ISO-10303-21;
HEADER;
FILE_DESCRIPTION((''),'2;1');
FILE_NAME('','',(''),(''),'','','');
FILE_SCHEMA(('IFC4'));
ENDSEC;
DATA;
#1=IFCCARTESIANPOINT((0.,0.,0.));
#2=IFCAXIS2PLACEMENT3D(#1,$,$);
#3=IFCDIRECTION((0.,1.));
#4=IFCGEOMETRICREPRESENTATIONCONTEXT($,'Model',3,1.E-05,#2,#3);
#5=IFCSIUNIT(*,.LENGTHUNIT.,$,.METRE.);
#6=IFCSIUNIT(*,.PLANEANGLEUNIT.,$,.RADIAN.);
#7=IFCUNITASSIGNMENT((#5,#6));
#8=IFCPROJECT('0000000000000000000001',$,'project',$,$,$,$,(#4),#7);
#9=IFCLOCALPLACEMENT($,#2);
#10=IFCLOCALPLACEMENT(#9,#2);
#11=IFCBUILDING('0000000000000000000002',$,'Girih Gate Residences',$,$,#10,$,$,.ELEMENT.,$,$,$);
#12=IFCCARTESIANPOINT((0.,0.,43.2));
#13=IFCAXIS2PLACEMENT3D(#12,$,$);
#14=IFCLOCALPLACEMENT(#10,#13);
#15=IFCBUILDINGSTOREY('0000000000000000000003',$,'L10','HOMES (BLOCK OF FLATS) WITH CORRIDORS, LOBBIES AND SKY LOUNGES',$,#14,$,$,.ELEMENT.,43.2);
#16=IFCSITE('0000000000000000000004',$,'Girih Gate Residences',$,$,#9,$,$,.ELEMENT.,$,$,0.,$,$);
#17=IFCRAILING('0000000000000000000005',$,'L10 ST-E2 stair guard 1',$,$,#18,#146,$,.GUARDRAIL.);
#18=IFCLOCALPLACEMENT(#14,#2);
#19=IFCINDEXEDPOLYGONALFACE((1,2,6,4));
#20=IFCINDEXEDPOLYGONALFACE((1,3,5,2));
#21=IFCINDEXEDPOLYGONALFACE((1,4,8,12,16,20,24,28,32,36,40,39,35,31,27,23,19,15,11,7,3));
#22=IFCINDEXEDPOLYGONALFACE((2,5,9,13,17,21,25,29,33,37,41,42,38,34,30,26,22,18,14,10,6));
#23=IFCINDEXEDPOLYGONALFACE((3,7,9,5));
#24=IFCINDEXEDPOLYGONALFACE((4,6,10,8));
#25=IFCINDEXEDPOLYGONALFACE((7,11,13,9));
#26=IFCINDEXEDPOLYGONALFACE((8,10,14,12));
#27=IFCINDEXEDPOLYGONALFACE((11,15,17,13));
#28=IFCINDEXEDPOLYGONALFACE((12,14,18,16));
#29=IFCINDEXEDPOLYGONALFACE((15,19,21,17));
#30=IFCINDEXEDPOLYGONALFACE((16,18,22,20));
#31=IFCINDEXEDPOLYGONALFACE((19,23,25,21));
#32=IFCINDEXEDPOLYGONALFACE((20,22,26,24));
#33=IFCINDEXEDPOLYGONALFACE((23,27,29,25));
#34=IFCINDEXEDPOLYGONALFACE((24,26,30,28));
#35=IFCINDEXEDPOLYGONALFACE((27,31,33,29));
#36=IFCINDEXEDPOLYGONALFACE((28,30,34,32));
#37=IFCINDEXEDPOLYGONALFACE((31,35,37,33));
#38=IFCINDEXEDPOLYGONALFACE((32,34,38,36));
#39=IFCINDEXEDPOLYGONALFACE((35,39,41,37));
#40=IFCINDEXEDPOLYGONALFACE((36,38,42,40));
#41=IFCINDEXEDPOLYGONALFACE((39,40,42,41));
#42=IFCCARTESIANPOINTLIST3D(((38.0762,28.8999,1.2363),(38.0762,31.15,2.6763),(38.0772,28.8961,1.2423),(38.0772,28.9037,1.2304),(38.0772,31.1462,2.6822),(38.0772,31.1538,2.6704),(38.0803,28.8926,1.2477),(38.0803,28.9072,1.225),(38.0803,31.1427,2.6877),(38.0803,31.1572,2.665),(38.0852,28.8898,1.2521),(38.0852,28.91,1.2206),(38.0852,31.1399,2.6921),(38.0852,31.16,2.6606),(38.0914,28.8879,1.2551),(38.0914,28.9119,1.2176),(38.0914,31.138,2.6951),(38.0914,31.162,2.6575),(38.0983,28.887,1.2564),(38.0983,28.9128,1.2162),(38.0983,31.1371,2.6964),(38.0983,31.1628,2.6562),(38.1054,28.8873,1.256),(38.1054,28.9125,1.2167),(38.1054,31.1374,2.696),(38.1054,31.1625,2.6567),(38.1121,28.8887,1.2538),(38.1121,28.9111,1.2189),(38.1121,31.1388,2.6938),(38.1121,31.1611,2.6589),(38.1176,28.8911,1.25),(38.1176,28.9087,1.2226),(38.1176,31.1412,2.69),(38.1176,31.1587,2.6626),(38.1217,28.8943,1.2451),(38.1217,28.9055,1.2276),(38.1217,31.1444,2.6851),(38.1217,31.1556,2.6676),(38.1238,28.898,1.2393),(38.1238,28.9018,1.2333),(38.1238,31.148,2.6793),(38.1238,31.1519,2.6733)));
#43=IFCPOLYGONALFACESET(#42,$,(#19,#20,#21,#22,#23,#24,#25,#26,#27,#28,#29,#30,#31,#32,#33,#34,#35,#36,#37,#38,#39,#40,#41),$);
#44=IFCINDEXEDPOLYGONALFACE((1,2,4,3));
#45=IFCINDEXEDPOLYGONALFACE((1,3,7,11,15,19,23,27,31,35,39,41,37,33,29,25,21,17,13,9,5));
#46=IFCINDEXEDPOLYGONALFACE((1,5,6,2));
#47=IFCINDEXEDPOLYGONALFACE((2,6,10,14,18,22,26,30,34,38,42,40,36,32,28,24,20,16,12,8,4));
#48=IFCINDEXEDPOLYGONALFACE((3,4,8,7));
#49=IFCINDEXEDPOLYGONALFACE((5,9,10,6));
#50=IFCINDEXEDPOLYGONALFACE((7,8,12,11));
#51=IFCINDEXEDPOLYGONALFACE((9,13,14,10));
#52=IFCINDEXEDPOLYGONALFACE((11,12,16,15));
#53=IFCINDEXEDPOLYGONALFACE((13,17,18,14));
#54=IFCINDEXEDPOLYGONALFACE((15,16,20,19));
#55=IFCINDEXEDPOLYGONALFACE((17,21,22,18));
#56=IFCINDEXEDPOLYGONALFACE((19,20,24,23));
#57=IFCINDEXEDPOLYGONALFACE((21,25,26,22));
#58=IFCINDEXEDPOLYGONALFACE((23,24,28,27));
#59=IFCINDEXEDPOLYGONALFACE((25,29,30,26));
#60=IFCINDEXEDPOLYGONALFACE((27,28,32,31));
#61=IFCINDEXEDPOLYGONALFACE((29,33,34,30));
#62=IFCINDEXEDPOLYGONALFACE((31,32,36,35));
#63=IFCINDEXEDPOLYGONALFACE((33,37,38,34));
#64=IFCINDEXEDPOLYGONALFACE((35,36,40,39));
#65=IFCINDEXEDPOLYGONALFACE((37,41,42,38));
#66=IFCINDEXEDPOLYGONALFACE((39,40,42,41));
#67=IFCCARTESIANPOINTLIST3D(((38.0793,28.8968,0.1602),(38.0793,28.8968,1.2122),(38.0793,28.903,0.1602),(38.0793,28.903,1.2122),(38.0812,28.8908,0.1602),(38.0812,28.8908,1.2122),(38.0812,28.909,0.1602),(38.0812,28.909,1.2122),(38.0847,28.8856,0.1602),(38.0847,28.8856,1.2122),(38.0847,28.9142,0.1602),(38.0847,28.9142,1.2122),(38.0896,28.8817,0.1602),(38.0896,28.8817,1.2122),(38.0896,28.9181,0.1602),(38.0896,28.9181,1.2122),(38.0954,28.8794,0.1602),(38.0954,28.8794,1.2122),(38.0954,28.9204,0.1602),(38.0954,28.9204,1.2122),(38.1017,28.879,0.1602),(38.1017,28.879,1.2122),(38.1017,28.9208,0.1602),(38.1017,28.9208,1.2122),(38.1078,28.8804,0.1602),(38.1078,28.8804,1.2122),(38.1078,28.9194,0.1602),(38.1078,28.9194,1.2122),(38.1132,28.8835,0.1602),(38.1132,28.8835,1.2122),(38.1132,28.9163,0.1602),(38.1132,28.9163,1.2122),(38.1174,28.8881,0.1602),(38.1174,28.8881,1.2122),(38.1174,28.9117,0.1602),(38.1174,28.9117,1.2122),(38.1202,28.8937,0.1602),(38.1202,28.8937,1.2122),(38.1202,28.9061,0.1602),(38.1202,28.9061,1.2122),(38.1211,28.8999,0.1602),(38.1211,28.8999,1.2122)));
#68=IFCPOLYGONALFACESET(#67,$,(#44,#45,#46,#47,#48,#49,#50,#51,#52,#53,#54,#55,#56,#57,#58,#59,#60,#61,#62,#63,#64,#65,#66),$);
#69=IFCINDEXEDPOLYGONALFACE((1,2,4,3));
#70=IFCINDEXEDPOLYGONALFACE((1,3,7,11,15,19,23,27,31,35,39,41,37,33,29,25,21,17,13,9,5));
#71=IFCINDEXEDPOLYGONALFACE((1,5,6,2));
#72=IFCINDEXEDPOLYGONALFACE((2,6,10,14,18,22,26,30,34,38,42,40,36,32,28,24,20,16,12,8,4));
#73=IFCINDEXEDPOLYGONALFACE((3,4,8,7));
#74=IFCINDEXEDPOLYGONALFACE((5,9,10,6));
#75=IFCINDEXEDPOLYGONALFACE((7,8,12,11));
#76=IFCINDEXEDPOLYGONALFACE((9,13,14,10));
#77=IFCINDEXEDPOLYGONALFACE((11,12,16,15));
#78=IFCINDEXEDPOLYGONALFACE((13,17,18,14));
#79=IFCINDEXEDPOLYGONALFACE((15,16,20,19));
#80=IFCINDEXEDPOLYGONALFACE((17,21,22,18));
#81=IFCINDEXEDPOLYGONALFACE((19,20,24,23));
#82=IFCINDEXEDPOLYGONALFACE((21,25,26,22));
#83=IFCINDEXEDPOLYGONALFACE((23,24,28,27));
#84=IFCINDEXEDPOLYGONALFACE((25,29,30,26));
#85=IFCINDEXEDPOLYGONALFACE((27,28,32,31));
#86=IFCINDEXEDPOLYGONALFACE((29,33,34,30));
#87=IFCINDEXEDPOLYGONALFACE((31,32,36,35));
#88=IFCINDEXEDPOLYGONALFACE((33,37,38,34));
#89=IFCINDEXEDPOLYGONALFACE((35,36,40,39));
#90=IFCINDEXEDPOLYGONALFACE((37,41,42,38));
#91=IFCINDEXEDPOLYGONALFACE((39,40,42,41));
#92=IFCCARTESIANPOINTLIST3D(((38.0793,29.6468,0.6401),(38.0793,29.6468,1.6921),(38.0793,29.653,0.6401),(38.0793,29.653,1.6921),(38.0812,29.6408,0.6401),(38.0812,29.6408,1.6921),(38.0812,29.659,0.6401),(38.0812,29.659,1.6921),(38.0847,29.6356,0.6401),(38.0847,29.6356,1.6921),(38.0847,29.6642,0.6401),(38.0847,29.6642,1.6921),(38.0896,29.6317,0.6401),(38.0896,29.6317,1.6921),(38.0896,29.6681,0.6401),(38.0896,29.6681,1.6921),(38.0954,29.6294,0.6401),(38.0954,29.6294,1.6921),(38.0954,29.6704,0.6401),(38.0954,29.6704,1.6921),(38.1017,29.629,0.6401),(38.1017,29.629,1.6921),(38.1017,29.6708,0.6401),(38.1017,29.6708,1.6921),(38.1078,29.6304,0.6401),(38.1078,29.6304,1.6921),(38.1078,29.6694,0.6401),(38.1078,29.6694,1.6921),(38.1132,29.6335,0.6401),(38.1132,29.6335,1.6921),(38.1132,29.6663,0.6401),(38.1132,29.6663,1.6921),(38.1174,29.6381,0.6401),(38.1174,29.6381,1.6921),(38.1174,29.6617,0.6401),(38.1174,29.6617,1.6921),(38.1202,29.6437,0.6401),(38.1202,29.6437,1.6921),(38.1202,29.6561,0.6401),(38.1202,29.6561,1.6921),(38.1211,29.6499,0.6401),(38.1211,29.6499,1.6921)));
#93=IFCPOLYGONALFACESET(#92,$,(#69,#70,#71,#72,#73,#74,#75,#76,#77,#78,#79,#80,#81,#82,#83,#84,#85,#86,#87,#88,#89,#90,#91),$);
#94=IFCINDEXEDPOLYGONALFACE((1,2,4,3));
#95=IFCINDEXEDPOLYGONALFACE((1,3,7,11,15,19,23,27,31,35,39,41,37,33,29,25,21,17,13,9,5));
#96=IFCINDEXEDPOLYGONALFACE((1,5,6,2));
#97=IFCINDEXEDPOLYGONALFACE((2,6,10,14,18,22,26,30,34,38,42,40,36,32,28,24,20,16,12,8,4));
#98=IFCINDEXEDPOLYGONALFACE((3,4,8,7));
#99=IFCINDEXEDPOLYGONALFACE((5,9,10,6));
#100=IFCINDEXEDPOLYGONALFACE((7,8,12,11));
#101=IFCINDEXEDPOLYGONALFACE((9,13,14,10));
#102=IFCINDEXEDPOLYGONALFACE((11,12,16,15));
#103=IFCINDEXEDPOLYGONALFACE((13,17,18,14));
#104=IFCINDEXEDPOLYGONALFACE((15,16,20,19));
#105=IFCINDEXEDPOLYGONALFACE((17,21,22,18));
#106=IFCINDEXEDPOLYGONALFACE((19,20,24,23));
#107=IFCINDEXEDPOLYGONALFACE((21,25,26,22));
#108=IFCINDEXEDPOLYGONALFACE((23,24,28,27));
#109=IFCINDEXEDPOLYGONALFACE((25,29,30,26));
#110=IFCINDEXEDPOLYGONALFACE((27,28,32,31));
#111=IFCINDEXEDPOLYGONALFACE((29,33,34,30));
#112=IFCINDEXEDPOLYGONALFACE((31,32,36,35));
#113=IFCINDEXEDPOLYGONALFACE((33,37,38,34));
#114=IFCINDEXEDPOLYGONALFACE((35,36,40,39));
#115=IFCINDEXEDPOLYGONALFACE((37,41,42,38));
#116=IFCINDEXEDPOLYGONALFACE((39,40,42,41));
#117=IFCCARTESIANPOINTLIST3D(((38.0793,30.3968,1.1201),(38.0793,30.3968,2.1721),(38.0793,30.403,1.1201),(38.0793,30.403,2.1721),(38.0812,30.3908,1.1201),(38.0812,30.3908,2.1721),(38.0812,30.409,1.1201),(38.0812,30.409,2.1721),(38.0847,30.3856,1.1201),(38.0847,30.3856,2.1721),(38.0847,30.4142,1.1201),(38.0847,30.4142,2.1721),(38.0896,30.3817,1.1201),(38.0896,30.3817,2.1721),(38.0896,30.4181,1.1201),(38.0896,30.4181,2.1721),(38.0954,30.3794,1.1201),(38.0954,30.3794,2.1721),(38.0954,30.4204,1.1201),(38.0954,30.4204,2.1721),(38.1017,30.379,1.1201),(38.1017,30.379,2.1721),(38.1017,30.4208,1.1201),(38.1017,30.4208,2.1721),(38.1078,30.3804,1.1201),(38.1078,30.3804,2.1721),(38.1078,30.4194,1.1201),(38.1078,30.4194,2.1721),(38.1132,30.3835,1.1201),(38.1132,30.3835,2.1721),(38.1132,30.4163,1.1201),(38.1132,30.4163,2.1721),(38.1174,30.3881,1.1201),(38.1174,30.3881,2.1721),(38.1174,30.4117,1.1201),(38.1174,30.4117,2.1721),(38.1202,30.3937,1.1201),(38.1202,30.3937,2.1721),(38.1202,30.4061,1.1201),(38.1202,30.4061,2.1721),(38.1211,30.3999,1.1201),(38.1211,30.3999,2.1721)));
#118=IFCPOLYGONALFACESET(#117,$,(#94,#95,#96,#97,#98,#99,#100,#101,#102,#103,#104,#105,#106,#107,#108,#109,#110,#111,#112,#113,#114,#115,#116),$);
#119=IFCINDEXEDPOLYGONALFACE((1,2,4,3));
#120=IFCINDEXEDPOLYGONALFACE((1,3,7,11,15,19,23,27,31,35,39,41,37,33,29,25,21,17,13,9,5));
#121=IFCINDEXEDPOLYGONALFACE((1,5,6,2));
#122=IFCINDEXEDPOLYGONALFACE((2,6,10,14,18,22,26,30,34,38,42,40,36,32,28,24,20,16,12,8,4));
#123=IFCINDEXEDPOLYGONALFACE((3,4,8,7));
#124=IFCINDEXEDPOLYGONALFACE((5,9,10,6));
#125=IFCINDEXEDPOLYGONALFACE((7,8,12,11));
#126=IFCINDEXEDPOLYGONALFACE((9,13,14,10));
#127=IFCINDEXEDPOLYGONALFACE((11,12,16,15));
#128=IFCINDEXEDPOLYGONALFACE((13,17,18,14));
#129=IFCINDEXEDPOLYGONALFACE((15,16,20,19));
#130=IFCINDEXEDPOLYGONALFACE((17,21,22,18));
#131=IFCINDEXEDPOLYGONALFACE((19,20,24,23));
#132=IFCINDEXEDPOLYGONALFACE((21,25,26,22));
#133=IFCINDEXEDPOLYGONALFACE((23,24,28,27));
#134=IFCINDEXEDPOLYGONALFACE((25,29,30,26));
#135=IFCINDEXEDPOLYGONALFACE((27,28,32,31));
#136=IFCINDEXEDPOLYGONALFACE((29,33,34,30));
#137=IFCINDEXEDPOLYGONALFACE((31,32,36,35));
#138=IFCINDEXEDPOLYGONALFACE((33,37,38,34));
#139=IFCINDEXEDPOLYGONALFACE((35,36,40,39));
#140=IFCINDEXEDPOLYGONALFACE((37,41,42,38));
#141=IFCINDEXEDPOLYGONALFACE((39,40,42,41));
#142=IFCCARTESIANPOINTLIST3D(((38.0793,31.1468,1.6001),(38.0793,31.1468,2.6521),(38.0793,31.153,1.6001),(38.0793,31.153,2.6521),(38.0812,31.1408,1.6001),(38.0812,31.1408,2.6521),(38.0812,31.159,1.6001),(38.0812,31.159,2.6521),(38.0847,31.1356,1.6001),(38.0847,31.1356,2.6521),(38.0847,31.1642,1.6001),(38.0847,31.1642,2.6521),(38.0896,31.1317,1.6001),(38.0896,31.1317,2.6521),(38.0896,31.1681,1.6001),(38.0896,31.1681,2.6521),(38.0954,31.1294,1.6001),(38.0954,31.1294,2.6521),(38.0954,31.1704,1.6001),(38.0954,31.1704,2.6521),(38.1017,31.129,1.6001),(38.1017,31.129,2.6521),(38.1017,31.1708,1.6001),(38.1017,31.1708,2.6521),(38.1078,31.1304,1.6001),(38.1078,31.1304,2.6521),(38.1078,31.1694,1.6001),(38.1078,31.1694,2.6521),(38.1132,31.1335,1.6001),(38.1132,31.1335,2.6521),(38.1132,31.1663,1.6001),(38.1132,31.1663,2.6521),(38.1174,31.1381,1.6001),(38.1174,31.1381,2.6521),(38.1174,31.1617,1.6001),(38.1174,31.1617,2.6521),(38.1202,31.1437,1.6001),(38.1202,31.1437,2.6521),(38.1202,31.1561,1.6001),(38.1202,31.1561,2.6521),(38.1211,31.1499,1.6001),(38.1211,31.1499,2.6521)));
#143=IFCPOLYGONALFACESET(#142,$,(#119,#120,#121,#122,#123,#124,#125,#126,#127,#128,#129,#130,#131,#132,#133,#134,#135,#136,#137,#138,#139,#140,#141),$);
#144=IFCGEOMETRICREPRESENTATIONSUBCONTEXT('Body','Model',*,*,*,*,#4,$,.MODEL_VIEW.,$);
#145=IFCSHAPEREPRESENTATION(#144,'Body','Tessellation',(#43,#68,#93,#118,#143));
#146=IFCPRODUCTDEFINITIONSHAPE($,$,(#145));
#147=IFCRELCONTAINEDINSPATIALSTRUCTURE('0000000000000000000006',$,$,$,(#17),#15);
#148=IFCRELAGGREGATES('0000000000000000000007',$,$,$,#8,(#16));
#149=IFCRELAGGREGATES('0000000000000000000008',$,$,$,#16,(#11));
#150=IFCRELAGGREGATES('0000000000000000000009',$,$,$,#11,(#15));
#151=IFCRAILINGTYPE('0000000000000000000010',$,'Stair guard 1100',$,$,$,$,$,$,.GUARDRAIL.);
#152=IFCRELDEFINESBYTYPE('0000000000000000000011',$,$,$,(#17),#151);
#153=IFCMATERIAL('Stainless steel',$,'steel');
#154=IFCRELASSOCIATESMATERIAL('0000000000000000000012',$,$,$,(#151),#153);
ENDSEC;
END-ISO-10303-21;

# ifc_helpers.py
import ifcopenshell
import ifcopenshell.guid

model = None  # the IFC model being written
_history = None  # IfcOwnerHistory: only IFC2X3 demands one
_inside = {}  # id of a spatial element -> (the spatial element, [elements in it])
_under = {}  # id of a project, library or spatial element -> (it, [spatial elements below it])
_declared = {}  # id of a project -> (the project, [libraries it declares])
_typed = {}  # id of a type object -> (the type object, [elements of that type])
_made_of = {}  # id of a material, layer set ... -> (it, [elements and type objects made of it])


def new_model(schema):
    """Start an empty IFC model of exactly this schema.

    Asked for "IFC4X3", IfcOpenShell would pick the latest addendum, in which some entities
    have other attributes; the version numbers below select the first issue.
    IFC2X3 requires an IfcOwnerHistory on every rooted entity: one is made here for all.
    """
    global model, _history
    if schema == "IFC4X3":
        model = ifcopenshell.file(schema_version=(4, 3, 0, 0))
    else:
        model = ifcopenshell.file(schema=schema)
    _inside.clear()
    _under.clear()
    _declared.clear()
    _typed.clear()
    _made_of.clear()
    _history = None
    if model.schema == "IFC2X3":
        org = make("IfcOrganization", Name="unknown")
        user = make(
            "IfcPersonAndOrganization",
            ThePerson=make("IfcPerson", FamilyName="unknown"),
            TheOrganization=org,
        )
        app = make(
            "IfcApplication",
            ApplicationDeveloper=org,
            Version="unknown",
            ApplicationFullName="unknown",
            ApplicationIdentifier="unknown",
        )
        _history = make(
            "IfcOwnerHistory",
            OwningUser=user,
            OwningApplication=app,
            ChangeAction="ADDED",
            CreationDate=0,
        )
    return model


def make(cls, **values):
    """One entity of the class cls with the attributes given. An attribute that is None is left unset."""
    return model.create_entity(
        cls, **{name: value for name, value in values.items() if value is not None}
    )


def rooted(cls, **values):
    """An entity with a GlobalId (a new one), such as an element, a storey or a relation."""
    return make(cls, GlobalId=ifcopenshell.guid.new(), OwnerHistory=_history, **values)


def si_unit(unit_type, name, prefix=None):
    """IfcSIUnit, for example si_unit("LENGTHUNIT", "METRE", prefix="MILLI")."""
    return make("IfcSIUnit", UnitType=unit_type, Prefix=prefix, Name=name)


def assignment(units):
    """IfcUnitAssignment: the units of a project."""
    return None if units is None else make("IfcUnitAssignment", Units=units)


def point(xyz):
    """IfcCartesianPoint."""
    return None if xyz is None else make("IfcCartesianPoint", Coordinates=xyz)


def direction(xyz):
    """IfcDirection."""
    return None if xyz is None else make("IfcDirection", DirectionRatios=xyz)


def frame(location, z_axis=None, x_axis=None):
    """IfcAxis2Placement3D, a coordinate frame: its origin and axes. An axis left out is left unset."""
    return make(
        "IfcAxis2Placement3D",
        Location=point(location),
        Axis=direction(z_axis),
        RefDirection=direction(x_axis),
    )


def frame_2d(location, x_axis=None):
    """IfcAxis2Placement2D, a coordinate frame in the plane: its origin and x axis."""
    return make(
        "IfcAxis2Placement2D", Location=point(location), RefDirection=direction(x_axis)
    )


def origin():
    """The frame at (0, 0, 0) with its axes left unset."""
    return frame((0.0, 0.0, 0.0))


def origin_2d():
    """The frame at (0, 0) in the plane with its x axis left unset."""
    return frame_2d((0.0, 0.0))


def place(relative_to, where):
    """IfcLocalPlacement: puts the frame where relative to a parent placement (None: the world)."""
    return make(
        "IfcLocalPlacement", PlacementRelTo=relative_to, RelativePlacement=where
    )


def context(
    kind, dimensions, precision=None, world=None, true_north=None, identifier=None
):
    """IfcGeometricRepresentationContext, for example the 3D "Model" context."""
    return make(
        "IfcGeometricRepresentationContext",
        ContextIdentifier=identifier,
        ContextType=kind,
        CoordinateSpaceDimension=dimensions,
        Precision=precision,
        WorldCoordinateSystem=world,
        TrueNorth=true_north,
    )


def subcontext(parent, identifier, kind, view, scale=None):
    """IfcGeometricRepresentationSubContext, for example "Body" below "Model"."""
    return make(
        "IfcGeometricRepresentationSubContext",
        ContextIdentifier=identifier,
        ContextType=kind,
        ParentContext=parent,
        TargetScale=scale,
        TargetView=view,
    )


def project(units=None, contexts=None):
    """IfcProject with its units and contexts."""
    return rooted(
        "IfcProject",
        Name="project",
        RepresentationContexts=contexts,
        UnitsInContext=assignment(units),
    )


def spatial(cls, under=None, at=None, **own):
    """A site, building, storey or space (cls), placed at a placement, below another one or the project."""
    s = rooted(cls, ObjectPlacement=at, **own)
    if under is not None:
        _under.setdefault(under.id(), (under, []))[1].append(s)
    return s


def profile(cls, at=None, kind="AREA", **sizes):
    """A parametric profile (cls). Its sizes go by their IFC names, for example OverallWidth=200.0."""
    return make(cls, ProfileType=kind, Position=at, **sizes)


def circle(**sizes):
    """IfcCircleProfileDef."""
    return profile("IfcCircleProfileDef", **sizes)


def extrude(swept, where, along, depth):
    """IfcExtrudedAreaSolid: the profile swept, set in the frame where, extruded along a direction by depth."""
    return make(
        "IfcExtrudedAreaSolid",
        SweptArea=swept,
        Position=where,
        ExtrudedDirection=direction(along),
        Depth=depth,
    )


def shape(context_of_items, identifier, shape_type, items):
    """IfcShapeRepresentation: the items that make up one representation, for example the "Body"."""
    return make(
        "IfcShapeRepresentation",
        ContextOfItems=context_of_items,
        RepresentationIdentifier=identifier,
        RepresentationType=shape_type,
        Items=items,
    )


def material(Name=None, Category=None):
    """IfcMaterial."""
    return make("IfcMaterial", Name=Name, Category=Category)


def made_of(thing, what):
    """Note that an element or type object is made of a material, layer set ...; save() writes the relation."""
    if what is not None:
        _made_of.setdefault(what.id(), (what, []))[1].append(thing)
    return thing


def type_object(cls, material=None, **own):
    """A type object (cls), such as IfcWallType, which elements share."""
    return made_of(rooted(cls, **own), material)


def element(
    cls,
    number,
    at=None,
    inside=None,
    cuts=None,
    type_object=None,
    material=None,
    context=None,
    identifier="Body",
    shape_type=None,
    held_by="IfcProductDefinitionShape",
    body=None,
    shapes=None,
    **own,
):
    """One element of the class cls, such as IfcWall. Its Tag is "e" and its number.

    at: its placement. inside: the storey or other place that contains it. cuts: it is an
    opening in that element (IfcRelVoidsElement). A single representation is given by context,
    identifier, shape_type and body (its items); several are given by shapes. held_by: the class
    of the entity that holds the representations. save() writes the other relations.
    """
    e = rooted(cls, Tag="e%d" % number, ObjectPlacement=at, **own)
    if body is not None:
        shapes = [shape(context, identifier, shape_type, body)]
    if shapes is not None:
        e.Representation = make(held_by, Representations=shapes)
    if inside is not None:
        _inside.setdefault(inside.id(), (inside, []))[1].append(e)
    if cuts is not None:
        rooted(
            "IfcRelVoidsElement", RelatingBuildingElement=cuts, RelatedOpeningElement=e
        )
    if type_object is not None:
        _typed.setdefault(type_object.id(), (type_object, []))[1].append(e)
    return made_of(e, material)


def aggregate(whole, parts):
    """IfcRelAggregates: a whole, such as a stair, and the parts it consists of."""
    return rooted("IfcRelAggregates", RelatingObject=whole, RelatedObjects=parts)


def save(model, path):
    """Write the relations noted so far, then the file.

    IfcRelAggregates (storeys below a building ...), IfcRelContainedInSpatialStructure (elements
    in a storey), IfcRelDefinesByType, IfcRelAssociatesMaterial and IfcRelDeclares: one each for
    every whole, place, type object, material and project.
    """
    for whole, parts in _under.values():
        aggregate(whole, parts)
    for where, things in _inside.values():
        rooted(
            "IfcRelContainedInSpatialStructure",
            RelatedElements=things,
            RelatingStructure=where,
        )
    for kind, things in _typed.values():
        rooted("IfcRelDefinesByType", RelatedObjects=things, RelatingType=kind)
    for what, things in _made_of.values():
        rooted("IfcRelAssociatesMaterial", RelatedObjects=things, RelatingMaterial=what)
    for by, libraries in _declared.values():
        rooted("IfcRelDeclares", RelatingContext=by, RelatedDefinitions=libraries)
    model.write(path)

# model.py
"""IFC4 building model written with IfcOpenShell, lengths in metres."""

from ifc_helpers import new_model, si_unit, direction, frame, origin, origin_2d, place, context, subcontext, project, spatial, circle, extrude, material, type_object, element, save


model = new_model("IFC4")

# Units and contexts
model_context = context("Model", 3, precision=1e-05, world=origin(), true_north=direction((0.0, 1.0)))
body_context = subcontext(model_context, "Body", "Model", "MODEL_VIEW")
ifc_project = project(units=[si_unit("LENGTHUNIT", "METRE"), si_unit("PLANEANGLEUNIT", "RADIAN")], contexts=[model_context])

# Site, building, storey
site_placement = place(None, origin())
site = spatial("IfcSite", under=ifc_project, at=site_placement, Name="Girih Gate Residences", CompositionType="ELEMENT", RefElevation=0.0)
building_placement = place(site_placement, origin())
building = spatial("IfcBuilding", under=site, at=building_placement, Name="Girih Gate Residences", CompositionType="ELEMENT")
storey_placement = place(building_placement, frame((0.0, 0.0, 43.2)))
storey = spatial("IfcBuildingStorey", under=building, at=storey_placement, Name="L10", Description="HOMES (BLOCK OF FLATS) WITH CORRIDORS, LOBBIES AND SKY LOUNGES", CompositionType="ELEMENT", Elevation=43.2)

# Railing
ifc_material_1 = material(Name="Stainless steel", Category="steel")
railing_type_1 = type_object("IfcRailingType", Name="Stair guard 1100", PredefinedType="GUARDRAIL", material=ifc_material_1)
railing_1_placement = place(storey_placement, frame((38.1001, 28.8999, 0.1602)))
element("IfcRailing", 1, at=railing_1_placement, inside=storey, type_object=railing_type_1, Name="L10 ST-E2 stair guard 1", PredefinedType="GUARDRAIL", context=body_context, shape_type="SweptSolid", body=[
    extrude(circle(Radius=0.0239, at=origin_2d()), frame((0.0, 0.0, 1.0762), z_axis=(0.0, 0.842281, 0.539038), x_axis=(-1.0, 0.0, 0.0)), (0.0, 0.0, 1.0), 2.6714),
    extrude(circle(Radius=0.021, at=origin_2d()), origin(), (0.0, 0.0, 1.0), 1.052),
    extrude(circle(Radius=0.021, at=origin_2d()), frame((0.0, 0.75, 0.48)), (0.0, 0.0, 1.0), 1.052),
    extrude(circle(Radius=0.021, at=origin_2d()), frame((0.0, 1.5, 0.96)), (0.0, 0.0, 1.0), 1.052),
    extrude(circle(Radius=0.021, at=origin_2d()), frame((0.0, 2.25, 1.4399)), (0.0, 0.0, 1.0), 1.052),
])

save(model, "model.ifc")
